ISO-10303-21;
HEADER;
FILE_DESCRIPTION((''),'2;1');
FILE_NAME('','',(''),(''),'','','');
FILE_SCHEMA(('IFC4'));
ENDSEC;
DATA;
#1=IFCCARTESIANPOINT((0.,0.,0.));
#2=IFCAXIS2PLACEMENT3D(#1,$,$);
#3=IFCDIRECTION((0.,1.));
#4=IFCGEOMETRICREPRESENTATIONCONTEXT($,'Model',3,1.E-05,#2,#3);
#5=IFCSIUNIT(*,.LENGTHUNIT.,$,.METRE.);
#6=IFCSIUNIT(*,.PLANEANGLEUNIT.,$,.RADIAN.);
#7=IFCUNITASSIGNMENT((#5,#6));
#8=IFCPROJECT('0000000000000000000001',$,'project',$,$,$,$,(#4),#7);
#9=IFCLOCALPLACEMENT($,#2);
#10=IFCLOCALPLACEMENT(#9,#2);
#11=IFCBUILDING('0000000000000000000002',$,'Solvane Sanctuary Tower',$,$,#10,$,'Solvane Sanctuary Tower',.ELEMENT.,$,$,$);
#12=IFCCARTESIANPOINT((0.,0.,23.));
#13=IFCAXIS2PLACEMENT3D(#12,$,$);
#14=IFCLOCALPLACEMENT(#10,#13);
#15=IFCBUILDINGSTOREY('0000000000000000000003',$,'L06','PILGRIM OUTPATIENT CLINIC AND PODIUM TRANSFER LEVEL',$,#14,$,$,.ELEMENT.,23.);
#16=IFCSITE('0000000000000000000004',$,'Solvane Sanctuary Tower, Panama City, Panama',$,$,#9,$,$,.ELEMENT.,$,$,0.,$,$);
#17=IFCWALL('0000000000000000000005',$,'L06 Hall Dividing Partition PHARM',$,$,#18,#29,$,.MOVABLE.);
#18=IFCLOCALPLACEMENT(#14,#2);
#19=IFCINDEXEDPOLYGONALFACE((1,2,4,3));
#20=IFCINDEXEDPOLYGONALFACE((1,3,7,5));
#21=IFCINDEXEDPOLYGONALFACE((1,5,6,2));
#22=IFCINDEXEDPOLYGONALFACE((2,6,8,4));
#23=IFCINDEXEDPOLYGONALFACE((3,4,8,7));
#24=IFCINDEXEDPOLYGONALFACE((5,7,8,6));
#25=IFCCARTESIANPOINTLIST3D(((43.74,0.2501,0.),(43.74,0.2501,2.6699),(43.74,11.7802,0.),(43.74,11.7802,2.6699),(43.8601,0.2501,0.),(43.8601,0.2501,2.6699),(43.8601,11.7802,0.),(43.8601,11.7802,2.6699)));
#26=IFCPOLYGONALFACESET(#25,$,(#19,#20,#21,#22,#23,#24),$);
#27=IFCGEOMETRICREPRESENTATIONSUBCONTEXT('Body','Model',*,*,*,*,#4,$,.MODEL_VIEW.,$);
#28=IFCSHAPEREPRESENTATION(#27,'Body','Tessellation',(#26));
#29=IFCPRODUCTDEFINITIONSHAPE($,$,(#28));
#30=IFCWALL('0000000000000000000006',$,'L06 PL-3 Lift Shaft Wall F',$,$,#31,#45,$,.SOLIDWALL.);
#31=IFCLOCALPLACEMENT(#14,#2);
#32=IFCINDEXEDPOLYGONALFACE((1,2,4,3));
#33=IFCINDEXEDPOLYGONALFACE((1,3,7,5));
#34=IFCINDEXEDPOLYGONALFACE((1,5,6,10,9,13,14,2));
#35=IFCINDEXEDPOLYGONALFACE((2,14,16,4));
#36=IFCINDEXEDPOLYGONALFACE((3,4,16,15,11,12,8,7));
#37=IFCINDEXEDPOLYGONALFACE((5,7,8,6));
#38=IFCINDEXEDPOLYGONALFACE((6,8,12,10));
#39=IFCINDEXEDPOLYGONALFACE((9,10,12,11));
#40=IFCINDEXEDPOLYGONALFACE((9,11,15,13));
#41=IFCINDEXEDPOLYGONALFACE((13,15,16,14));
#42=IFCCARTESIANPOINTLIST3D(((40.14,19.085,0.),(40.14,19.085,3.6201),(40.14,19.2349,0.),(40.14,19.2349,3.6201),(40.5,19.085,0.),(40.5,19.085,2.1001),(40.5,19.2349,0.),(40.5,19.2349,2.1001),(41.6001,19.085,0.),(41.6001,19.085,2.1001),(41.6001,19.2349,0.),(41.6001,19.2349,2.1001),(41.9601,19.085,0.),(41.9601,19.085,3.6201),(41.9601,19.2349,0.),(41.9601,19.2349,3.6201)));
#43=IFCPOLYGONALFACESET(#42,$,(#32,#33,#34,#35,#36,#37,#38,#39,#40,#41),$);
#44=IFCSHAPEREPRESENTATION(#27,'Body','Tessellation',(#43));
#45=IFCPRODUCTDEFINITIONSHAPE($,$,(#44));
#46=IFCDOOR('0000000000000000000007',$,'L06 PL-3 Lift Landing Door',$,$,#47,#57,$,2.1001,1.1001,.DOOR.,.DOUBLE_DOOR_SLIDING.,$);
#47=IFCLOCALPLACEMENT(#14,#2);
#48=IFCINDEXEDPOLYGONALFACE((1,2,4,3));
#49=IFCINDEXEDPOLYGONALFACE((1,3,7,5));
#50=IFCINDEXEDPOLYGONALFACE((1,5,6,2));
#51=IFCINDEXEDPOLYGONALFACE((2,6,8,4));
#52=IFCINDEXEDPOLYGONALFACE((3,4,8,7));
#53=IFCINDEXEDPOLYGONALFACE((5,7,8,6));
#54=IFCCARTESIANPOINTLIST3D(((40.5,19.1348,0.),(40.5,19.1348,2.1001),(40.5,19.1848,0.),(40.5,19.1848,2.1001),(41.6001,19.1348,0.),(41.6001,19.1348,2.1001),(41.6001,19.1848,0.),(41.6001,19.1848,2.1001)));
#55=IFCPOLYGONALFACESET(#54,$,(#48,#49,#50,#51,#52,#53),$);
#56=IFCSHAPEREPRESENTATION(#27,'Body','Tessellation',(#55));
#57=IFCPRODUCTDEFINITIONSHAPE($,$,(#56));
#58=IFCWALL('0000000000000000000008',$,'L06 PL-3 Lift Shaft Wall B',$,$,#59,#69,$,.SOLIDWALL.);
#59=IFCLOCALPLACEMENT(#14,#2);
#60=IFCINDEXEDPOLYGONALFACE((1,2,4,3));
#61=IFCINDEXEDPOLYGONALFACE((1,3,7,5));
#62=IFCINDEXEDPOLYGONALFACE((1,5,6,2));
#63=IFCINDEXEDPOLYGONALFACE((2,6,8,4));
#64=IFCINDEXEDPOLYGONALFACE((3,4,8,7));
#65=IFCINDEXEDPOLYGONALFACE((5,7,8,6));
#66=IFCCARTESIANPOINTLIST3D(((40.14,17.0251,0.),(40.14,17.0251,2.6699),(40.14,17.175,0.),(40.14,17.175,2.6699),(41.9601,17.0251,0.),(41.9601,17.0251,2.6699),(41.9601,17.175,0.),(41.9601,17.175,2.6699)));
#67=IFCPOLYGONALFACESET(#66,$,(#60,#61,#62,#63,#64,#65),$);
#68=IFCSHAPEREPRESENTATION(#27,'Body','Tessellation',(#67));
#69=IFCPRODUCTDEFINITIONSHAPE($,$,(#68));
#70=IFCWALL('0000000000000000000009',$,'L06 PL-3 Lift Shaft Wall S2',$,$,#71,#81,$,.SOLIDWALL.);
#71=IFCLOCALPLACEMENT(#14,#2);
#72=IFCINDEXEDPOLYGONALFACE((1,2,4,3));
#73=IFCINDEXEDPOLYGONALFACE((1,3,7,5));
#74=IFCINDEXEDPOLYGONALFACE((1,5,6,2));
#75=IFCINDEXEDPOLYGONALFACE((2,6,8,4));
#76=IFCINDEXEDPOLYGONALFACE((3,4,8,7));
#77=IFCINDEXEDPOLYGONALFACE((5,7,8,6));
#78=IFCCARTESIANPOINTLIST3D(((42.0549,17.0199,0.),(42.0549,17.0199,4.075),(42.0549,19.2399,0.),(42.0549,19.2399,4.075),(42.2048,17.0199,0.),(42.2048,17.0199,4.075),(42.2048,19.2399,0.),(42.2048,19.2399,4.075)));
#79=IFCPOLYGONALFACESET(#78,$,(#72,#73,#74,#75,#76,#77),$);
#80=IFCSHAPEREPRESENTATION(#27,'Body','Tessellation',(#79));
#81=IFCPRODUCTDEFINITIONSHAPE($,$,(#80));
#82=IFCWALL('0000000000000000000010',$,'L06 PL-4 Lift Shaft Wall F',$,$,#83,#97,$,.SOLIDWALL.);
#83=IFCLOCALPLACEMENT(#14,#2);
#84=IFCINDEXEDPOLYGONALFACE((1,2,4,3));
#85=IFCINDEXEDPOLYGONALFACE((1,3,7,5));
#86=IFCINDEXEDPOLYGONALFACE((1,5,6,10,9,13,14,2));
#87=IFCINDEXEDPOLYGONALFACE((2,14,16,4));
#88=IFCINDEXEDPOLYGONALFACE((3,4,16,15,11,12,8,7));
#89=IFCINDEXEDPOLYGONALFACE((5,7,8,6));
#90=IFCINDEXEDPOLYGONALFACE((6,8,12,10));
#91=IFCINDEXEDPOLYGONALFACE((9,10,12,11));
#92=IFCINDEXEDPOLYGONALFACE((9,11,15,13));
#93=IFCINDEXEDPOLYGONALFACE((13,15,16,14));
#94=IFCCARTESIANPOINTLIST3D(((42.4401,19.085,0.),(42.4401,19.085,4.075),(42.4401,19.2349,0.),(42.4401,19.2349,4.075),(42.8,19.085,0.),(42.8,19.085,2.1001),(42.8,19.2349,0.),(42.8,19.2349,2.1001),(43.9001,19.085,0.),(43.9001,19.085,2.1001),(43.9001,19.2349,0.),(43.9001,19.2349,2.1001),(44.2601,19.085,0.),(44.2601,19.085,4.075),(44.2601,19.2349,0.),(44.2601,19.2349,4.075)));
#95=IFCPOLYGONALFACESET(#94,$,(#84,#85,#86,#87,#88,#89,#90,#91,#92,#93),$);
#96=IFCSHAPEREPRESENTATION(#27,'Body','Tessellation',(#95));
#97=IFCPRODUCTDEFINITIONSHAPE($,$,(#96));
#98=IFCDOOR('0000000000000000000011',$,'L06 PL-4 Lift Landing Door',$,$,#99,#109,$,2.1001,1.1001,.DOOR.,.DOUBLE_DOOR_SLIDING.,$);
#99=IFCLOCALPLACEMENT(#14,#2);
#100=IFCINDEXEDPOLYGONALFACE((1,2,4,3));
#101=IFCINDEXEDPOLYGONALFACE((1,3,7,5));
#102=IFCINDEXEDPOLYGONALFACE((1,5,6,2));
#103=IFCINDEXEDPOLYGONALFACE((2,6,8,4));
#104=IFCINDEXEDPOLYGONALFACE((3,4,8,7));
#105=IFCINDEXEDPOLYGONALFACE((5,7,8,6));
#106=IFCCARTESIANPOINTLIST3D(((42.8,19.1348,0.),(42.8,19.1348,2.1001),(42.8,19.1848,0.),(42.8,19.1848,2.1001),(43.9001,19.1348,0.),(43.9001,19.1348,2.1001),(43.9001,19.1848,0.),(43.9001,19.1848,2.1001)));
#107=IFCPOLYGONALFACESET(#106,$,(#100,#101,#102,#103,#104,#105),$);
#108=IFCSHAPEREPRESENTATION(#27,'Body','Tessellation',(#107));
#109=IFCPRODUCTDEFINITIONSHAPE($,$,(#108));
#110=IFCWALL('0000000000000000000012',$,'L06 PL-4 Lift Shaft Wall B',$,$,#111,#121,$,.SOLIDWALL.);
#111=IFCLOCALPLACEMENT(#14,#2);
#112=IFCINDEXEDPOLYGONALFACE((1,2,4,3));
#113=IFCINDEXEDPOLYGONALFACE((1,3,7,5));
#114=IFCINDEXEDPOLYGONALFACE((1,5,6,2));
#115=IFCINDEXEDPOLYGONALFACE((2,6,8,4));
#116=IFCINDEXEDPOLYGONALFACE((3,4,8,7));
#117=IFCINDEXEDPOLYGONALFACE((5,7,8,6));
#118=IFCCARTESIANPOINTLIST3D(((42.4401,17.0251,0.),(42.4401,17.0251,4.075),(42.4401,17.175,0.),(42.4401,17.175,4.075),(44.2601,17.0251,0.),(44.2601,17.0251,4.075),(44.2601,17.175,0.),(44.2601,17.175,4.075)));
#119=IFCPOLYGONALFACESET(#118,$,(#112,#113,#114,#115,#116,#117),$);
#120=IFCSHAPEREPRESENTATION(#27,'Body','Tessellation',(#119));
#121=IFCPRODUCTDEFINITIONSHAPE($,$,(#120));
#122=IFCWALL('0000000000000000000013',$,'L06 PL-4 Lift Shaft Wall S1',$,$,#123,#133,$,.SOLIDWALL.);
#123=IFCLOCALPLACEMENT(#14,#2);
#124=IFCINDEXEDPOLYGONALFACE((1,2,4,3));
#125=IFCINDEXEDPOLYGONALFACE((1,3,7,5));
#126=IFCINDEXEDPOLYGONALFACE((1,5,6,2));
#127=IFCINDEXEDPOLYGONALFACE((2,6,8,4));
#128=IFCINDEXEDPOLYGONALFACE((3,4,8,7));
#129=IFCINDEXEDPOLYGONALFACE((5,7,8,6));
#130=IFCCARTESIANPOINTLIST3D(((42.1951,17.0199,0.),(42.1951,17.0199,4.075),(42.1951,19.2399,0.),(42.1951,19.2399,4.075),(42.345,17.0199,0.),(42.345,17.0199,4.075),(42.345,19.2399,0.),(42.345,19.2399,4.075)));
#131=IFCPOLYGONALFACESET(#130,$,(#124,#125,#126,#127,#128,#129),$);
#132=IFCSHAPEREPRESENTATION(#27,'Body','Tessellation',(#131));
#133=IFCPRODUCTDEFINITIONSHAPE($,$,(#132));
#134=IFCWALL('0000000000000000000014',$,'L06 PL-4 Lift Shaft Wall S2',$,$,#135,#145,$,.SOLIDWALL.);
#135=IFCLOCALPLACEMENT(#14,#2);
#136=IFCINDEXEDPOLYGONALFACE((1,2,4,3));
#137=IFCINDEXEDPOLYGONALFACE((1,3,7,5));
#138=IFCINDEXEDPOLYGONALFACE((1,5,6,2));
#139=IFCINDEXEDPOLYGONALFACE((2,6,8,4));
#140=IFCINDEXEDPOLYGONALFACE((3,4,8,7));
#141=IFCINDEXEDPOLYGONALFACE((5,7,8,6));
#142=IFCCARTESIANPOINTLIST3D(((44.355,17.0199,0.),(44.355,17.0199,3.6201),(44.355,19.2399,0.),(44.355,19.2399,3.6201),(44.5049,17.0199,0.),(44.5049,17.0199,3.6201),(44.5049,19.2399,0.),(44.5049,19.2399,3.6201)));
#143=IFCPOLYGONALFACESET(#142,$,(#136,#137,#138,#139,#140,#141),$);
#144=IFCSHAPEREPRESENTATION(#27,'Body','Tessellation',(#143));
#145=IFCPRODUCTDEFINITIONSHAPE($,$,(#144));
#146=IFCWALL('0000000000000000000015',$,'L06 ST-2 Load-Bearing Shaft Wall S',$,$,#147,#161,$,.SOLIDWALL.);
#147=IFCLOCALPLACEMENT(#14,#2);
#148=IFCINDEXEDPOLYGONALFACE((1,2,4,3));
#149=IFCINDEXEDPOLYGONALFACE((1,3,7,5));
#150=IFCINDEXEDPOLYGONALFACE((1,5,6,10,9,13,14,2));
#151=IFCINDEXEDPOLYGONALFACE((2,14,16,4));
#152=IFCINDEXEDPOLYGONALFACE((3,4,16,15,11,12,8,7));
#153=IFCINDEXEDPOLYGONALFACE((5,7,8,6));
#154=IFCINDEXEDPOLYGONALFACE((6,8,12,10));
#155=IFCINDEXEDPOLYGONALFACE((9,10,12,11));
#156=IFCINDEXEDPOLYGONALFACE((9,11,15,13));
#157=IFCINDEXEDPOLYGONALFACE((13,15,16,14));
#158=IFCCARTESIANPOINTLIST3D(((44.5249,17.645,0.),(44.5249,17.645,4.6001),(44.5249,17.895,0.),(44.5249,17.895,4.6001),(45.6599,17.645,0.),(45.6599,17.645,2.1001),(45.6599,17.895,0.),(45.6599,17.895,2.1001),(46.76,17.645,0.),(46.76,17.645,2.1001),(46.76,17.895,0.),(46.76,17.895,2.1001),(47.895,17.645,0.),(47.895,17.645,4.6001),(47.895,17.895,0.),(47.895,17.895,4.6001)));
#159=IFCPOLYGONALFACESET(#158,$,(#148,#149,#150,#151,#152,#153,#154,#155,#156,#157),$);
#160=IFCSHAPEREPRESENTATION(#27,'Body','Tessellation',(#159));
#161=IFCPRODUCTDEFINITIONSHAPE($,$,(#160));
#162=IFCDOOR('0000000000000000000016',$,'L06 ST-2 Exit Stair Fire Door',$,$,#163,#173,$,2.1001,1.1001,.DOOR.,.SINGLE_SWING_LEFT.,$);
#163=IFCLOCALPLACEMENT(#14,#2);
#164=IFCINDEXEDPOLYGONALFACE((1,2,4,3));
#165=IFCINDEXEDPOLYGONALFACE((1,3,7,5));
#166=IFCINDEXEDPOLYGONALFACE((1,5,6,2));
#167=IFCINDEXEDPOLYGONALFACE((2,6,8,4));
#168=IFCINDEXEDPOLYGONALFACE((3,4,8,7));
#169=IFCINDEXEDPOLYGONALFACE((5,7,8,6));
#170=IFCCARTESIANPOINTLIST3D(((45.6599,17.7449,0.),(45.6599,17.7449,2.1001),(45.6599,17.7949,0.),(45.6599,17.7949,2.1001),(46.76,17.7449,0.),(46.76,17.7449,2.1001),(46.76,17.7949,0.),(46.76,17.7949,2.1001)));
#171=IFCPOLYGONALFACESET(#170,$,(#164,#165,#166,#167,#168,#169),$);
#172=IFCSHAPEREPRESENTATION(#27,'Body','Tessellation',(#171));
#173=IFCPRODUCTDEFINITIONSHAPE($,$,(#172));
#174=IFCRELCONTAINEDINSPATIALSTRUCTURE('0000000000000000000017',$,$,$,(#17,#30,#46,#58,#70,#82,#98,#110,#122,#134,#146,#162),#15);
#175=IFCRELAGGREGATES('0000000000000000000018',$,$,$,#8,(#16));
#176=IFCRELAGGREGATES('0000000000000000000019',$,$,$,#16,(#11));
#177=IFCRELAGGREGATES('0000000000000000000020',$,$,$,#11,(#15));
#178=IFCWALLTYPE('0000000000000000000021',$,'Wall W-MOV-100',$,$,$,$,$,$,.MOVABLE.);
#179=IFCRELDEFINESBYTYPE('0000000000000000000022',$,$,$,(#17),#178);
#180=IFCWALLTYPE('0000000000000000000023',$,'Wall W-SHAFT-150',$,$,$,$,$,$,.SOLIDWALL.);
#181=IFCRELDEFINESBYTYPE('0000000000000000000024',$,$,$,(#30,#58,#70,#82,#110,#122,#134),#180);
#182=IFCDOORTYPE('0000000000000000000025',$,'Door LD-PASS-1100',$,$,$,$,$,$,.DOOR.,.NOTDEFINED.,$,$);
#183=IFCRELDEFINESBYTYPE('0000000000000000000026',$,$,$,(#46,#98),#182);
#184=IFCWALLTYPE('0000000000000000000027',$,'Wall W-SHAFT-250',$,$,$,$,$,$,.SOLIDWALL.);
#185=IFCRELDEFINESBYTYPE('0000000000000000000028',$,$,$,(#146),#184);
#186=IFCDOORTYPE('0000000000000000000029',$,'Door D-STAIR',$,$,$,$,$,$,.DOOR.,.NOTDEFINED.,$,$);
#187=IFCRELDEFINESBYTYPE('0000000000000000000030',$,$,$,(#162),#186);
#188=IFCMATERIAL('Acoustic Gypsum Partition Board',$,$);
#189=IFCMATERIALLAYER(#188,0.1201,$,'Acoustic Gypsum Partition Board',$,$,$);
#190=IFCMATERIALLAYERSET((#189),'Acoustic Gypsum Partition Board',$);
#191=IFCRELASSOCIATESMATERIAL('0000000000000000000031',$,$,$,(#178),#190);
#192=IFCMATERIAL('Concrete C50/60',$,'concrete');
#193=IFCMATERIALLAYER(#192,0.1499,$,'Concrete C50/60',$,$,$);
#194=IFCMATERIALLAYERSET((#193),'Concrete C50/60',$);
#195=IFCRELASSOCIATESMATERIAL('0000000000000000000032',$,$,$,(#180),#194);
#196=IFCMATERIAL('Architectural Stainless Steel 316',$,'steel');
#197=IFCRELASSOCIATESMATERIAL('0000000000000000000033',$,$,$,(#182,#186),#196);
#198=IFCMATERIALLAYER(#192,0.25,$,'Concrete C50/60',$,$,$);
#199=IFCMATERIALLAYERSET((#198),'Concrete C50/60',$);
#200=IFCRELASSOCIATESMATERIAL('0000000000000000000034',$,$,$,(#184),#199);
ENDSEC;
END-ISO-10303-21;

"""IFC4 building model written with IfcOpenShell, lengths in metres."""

from ifc_helpers import new_model, si_unit, direction, frame, frame_2d, origin, place, context, subcontext, project, spatial, rectangle, extrude, material, layer, layer_set, type_object, element, fill, save


model = new_model("IFC4")

# Units and contexts
model_context = context("Model", 3, precision=1e-05, world=origin(), true_north=direction((0.0, 1.0)))
body_context = subcontext(model_context, "Body", "Model", "MODEL_VIEW")
ifc_project = project(units=[si_unit("LENGTHUNIT", "METRE"), si_unit("PLANEANGLEUNIT", "RADIAN")], contexts=[model_context])

# Site, building, storey
site_placement = place(None, origin())
site = spatial("IfcSite", under=ifc_project, at=site_placement, Name="Solvane Sanctuary Tower, Panama City, Panama", CompositionType="ELEMENT", RefElevation=0.0)
building_placement = place(site_placement, origin())
building = spatial("IfcBuilding", under=site, at=building_placement, Name="Solvane Sanctuary Tower", LongName="Solvane Sanctuary Tower", CompositionType="ELEMENT")
storey_placement = place(building_placement, frame((0.0, 0.0, 23.0)))
storey = spatial("IfcBuildingStorey", under=building, at=storey_placement, Name="L06", Description="PILGRIM OUTPATIENT CLINIC AND PODIUM TRANSFER LEVEL", CompositionType="ELEMENT", Elevation=23.0)

# Wall
ifc_material_1 = material(Name="Acoustic Gypsum Partition Board")
ifc_layer_1 = layer(ifc_material_1, 0.1201, Name="Acoustic Gypsum Partition Board")
ifc_layer_set_1 = layer_set([ifc_layer_1], Name="Acoustic Gypsum Partition Board")
wall_type_1 = type_object("IfcWallType", Name="Wall W-MOV-100", PredefinedType="MOVABLE", material=ifc_layer_set_1)
wall_1_placement = place(storey_placement, frame((43.8, 0.25, 0.0), z_axis=(0.0, 0.0, 1.0), x_axis=(0.0, 1.0, 0.0)))
element("IfcWall", 1, at=wall_1_placement, inside=storey, type_object=wall_type_1, Name="L06 Hall Dividing Partition PHARM", PredefinedType="MOVABLE", context=body_context, shape_type="SweptSolid", body=[
    extrude(rectangle(XDim=11.53, YDim=0.1201, at=frame_2d((5.7651, 0.0))), origin(), (0.0, 0.0, 1.0), 2.6699),
])

# Wall, opening, door
ifc_material_2 = material(Name="Concrete C50/60", Category="concrete")
ifc_layer_2 = layer(ifc_material_2, 0.1499, Name="Concrete C50/60")
ifc_layer_set_2 = layer_set([ifc_layer_2], Name="Concrete C50/60")
wall_type_2 = type_object("IfcWallType", Name="Wall W-SHAFT-150", PredefinedType="SOLIDWALL", material=ifc_layer_set_2)
wall_2_placement = place(storey_placement, frame((40.1399, 19.1599, 0.0), z_axis=(0.0, 0.0, 1.0), x_axis=(1.0, 0.0, 0.0)))
wall_2 = element("IfcWall", 2, at=wall_2_placement, inside=storey, type_object=wall_type_2, Name="L06 PL-3 Lift Shaft Wall F", PredefinedType="SOLIDWALL", context=body_context, shape_type="SweptSolid", body=[
    extrude(rectangle(XDim=1.8201, YDim=0.1499, at=frame_2d((0.9102, 0.0))), origin(), (0.0, 0.0, 1.0), 3.6201),
])
opening_1_placement = place(wall_2_placement, frame((0.3601, 0.0, 0.0)))
opening_1 = element("IfcOpeningElement", 3, at=opening_1_placement, cuts=wall_2, PredefinedType="OPENING", context=body_context, shape_type="SweptSolid", body=[
    extrude(rectangle(XDim=1.1001, YDim=2.1001, at=frame_2d((0.55, 1.05))), frame((0.0, 0.085, 0.0), z_axis=(0.0, -1.0, 0.0), x_axis=(1.0, 0.0, 0.0)), (0.0, 0.0, 1.0), 0.1699),
])
ifc_material_3 = material(Name="Architectural Stainless Steel 316", Category="steel")
door_type_1 = type_object("IfcDoorType", Name="Door LD-PASS-1100", OperationType="NOTDEFINED", PredefinedType="DOOR", material=ifc_material_3)
door_1_placement = place(opening_1_placement, origin())
door_1 = element("IfcDoor", 4, at=door_1_placement, inside=storey, type_object=door_type_1, Name="L06 PL-3 Lift Landing Door", OperationType="DOUBLE_DOOR_SLIDING", OverallHeight=2.1001, OverallWidth=1.1001, PredefinedType="DOOR", context=body_context, shape_type="SweptSolid", body=[
    extrude(rectangle(XDim=1.1001, YDim=2.1001, at=frame_2d((0.55, 1.05))), frame((0.0, 0.0249, 0.0), z_axis=(0.0, -1.0, 0.0), x_axis=(1.0, 0.0, 0.0)), (0.0, 0.0, 1.0), 0.05),
])
fill(opening_1, door_1)

# Walls
wall_3_placement = place(storey_placement, frame((40.1399, 17.1001, 0.0), z_axis=(0.0, 0.0, 1.0), x_axis=(1.0, 0.0, 0.0)))
element("IfcWall", 5, at=wall_3_placement, inside=storey, type_object=wall_type_2, Name="L06 PL-3 Lift Shaft Wall B", PredefinedType="SOLIDWALL", context=body_context, shape_type="SweptSolid", body=[
    extrude(rectangle(XDim=1.8201, YDim=0.1499, at=frame_2d((0.9102, 0.0))), origin(), (0.0, 0.0, 1.0), 2.6699),
])
wall_4_placement = place(storey_placement, frame((42.1299, 17.02, 0.0), z_axis=(0.0, 0.0, 1.0), x_axis=(0.0, 1.0, 0.0)))
element("IfcWall", 6, at=wall_4_placement, inside=storey, type_object=wall_type_2, Name="L06 PL-3 Lift Shaft Wall S2", PredefinedType="SOLIDWALL", context=body_context, shape_type="SweptSolid", body=[
    extrude(rectangle(XDim=2.22, YDim=0.1499, at=frame_2d((1.1099, 0.0))), origin(), (0.0, 0.0, 1.0), 4.075),
])

# Wall, opening, door
wall_5_placement = place(storey_placement, frame((42.4399, 19.1599, 0.0), z_axis=(0.0, 0.0, 1.0), x_axis=(1.0, 0.0, 0.0)))
wall_5 = element("IfcWall", 7, at=wall_5_placement, inside=storey, type_object=wall_type_2, Name="L06 PL-4 Lift Shaft Wall F", PredefinedType="SOLIDWALL", context=body_context, shape_type="SweptSolid", body=[
    extrude(rectangle(XDim=1.8201, YDim=0.1499, at=frame_2d((0.9102, 0.0))), origin(), (0.0, 0.0, 1.0), 4.075),
])
opening_2_placement = place(wall_5_placement, frame((0.3601, 0.0, 0.0)))
opening_2 = element("IfcOpeningElement", 8, at=opening_2_placement, cuts=wall_5, PredefinedType="OPENING", context=body_context, shape_type="SweptSolid", body=[
    extrude(rectangle(XDim=1.1001, YDim=2.1001, at=frame_2d((0.55, 1.05))), frame((0.0, 0.085, 0.0), z_axis=(0.0, -1.0, 0.0), x_axis=(1.0, 0.0, 0.0)), (0.0, 0.0, 1.0), 0.1699),
])
door_2_placement = place(opening_2_placement, origin())
door_2 = element("IfcDoor", 9, at=door_2_placement, inside=storey, type_object=door_type_1, Name="L06 PL-4 Lift Landing Door", OperationType="DOUBLE_DOOR_SLIDING", OverallHeight=2.1001, OverallWidth=1.1001, PredefinedType="DOOR", context=body_context, shape_type="SweptSolid", body=[
    extrude(rectangle(XDim=1.1001, YDim=2.1001, at=frame_2d((0.55, 1.05))), frame((0.0, 0.0249, 0.0), z_axis=(0.0, -1.0, 0.0), x_axis=(1.0, 0.0, 0.0)), (0.0, 0.0, 1.0), 0.05),
])
fill(opening_2, door_2)

# Walls
wall_6_placement = place(storey_placement, frame((42.4399, 17.1001, 0.0), z_axis=(0.0, 0.0, 1.0), x_axis=(1.0, 0.0, 0.0)))
element("IfcWall", 10, at=wall_6_placement, inside=storey, type_object=wall_type_2, Name="L06 PL-4 Lift Shaft Wall B", PredefinedType="SOLIDWALL", context=body_context, shape_type="SweptSolid", body=[
    extrude(rectangle(XDim=1.8201, YDim=0.1499, at=frame_2d((0.9102, 0.0))), origin(), (0.0, 0.0, 1.0), 4.075),
])
wall_7_placement = place(storey_placement, frame((42.27, 17.02, 0.0), z_axis=(0.0, 0.0, 1.0), x_axis=(0.0, 1.0, 0.0)))
element("IfcWall", 11, at=wall_7_placement, inside=storey, type_object=wall_type_2, Name="L06 PL-4 Lift Shaft Wall S1", PredefinedType="SOLIDWALL", context=body_context, shape_type="SweptSolid", body=[
    extrude(rectangle(XDim=2.22, YDim=0.1499, at=frame_2d((1.1099, 0.0))), origin(), (0.0, 0.0, 1.0), 4.075),
])
wall_8_placement = place(storey_placement, frame((44.4299, 17.02, 0.0), z_axis=(0.0, 0.0, 1.0), x_axis=(0.0, 1.0, 0.0)))
element("IfcWall", 12, at=wall_8_placement, inside=storey, type_object=wall_type_2, Name="L06 PL-4 Lift Shaft Wall S2", PredefinedType="SOLIDWALL", context=body_context, shape_type="SweptSolid", body=[
    extrude(rectangle(XDim=2.22, YDim=0.1499, at=frame_2d((1.1099, 0.0))), origin(), (0.0, 0.0, 1.0), 3.6201),
])

# Wall, opening, door
ifc_layer_3 = layer(ifc_material_2, 0.25, Name="Concrete C50/60")
ifc_layer_set_3 = layer_set([ifc_layer_3], Name="Concrete C50/60")
wall_type_3 = type_object("IfcWallType", Name="Wall W-SHAFT-250", PredefinedType="SOLIDWALL", material=ifc_layer_set_3)
wall_9_placement = place(storey_placement, frame((44.5249, 17.77, 0.0), z_axis=(0.0, 0.0, 1.0), x_axis=(1.0, 0.0, 0.0)))
wall_9 = element("IfcWall", 13, at=wall_9_placement, inside=storey, type_object=wall_type_3, Name="L06 ST-2 Load-Bearing Shaft Wall S", PredefinedType="SOLIDWALL", context=body_context, shape_type="SweptSolid", body=[
    extrude(rectangle(XDim=3.3701, YDim=0.25, at=frame_2d((1.6851, 0.0))), origin(), (0.0, 0.0, 1.0), 4.6001),
])
opening_3_placement = place(wall_9_placement, frame((1.135, 0.0, 0.0)))
opening_3 = element("IfcOpeningElement", 14, at=opening_3_placement, cuts=wall_9, PredefinedType="OPENING", context=body_context, shape_type="SweptSolid", body=[
    extrude(rectangle(XDim=1.1001, YDim=2.1001, at=frame_2d((0.55, 1.05))), frame((0.0, 0.135, 0.0), z_axis=(0.0, -1.0, 0.0), x_axis=(1.0, 0.0, 0.0)), (0.0, 0.0, 1.0), 0.27),
])
door_type_2 = type_object("IfcDoorType", Name="Door D-STAIR", OperationType="NOTDEFINED", PredefinedType="DOOR", material=ifc_material_3)
door_3_placement = place(opening_3_placement, origin())
door_3 = element("IfcDoor", 15, at=door_3_placement, inside=storey, type_object=door_type_2, Name="L06 ST-2 Exit Stair Fire Door", OperationType="SINGLE_SWING_LEFT", OverallHeight=2.1001, OverallWidth=1.1001, PredefinedType="DOOR", context=body_context, shape_type="SweptSolid", body=[
    extrude(rectangle(XDim=1.1001, YDim=2.1001, at=frame_2d((0.55, 1.05))), frame((0.0, 0.0249, 0.0), z_axis=(0.0, -1.0, 0.0), x_axis=(1.0, 0.0, 0.0)), (0.0, 0.0, 1.0), 0.05),
])
fill(opening_3, door_3)

save(model, "model.ifc")
